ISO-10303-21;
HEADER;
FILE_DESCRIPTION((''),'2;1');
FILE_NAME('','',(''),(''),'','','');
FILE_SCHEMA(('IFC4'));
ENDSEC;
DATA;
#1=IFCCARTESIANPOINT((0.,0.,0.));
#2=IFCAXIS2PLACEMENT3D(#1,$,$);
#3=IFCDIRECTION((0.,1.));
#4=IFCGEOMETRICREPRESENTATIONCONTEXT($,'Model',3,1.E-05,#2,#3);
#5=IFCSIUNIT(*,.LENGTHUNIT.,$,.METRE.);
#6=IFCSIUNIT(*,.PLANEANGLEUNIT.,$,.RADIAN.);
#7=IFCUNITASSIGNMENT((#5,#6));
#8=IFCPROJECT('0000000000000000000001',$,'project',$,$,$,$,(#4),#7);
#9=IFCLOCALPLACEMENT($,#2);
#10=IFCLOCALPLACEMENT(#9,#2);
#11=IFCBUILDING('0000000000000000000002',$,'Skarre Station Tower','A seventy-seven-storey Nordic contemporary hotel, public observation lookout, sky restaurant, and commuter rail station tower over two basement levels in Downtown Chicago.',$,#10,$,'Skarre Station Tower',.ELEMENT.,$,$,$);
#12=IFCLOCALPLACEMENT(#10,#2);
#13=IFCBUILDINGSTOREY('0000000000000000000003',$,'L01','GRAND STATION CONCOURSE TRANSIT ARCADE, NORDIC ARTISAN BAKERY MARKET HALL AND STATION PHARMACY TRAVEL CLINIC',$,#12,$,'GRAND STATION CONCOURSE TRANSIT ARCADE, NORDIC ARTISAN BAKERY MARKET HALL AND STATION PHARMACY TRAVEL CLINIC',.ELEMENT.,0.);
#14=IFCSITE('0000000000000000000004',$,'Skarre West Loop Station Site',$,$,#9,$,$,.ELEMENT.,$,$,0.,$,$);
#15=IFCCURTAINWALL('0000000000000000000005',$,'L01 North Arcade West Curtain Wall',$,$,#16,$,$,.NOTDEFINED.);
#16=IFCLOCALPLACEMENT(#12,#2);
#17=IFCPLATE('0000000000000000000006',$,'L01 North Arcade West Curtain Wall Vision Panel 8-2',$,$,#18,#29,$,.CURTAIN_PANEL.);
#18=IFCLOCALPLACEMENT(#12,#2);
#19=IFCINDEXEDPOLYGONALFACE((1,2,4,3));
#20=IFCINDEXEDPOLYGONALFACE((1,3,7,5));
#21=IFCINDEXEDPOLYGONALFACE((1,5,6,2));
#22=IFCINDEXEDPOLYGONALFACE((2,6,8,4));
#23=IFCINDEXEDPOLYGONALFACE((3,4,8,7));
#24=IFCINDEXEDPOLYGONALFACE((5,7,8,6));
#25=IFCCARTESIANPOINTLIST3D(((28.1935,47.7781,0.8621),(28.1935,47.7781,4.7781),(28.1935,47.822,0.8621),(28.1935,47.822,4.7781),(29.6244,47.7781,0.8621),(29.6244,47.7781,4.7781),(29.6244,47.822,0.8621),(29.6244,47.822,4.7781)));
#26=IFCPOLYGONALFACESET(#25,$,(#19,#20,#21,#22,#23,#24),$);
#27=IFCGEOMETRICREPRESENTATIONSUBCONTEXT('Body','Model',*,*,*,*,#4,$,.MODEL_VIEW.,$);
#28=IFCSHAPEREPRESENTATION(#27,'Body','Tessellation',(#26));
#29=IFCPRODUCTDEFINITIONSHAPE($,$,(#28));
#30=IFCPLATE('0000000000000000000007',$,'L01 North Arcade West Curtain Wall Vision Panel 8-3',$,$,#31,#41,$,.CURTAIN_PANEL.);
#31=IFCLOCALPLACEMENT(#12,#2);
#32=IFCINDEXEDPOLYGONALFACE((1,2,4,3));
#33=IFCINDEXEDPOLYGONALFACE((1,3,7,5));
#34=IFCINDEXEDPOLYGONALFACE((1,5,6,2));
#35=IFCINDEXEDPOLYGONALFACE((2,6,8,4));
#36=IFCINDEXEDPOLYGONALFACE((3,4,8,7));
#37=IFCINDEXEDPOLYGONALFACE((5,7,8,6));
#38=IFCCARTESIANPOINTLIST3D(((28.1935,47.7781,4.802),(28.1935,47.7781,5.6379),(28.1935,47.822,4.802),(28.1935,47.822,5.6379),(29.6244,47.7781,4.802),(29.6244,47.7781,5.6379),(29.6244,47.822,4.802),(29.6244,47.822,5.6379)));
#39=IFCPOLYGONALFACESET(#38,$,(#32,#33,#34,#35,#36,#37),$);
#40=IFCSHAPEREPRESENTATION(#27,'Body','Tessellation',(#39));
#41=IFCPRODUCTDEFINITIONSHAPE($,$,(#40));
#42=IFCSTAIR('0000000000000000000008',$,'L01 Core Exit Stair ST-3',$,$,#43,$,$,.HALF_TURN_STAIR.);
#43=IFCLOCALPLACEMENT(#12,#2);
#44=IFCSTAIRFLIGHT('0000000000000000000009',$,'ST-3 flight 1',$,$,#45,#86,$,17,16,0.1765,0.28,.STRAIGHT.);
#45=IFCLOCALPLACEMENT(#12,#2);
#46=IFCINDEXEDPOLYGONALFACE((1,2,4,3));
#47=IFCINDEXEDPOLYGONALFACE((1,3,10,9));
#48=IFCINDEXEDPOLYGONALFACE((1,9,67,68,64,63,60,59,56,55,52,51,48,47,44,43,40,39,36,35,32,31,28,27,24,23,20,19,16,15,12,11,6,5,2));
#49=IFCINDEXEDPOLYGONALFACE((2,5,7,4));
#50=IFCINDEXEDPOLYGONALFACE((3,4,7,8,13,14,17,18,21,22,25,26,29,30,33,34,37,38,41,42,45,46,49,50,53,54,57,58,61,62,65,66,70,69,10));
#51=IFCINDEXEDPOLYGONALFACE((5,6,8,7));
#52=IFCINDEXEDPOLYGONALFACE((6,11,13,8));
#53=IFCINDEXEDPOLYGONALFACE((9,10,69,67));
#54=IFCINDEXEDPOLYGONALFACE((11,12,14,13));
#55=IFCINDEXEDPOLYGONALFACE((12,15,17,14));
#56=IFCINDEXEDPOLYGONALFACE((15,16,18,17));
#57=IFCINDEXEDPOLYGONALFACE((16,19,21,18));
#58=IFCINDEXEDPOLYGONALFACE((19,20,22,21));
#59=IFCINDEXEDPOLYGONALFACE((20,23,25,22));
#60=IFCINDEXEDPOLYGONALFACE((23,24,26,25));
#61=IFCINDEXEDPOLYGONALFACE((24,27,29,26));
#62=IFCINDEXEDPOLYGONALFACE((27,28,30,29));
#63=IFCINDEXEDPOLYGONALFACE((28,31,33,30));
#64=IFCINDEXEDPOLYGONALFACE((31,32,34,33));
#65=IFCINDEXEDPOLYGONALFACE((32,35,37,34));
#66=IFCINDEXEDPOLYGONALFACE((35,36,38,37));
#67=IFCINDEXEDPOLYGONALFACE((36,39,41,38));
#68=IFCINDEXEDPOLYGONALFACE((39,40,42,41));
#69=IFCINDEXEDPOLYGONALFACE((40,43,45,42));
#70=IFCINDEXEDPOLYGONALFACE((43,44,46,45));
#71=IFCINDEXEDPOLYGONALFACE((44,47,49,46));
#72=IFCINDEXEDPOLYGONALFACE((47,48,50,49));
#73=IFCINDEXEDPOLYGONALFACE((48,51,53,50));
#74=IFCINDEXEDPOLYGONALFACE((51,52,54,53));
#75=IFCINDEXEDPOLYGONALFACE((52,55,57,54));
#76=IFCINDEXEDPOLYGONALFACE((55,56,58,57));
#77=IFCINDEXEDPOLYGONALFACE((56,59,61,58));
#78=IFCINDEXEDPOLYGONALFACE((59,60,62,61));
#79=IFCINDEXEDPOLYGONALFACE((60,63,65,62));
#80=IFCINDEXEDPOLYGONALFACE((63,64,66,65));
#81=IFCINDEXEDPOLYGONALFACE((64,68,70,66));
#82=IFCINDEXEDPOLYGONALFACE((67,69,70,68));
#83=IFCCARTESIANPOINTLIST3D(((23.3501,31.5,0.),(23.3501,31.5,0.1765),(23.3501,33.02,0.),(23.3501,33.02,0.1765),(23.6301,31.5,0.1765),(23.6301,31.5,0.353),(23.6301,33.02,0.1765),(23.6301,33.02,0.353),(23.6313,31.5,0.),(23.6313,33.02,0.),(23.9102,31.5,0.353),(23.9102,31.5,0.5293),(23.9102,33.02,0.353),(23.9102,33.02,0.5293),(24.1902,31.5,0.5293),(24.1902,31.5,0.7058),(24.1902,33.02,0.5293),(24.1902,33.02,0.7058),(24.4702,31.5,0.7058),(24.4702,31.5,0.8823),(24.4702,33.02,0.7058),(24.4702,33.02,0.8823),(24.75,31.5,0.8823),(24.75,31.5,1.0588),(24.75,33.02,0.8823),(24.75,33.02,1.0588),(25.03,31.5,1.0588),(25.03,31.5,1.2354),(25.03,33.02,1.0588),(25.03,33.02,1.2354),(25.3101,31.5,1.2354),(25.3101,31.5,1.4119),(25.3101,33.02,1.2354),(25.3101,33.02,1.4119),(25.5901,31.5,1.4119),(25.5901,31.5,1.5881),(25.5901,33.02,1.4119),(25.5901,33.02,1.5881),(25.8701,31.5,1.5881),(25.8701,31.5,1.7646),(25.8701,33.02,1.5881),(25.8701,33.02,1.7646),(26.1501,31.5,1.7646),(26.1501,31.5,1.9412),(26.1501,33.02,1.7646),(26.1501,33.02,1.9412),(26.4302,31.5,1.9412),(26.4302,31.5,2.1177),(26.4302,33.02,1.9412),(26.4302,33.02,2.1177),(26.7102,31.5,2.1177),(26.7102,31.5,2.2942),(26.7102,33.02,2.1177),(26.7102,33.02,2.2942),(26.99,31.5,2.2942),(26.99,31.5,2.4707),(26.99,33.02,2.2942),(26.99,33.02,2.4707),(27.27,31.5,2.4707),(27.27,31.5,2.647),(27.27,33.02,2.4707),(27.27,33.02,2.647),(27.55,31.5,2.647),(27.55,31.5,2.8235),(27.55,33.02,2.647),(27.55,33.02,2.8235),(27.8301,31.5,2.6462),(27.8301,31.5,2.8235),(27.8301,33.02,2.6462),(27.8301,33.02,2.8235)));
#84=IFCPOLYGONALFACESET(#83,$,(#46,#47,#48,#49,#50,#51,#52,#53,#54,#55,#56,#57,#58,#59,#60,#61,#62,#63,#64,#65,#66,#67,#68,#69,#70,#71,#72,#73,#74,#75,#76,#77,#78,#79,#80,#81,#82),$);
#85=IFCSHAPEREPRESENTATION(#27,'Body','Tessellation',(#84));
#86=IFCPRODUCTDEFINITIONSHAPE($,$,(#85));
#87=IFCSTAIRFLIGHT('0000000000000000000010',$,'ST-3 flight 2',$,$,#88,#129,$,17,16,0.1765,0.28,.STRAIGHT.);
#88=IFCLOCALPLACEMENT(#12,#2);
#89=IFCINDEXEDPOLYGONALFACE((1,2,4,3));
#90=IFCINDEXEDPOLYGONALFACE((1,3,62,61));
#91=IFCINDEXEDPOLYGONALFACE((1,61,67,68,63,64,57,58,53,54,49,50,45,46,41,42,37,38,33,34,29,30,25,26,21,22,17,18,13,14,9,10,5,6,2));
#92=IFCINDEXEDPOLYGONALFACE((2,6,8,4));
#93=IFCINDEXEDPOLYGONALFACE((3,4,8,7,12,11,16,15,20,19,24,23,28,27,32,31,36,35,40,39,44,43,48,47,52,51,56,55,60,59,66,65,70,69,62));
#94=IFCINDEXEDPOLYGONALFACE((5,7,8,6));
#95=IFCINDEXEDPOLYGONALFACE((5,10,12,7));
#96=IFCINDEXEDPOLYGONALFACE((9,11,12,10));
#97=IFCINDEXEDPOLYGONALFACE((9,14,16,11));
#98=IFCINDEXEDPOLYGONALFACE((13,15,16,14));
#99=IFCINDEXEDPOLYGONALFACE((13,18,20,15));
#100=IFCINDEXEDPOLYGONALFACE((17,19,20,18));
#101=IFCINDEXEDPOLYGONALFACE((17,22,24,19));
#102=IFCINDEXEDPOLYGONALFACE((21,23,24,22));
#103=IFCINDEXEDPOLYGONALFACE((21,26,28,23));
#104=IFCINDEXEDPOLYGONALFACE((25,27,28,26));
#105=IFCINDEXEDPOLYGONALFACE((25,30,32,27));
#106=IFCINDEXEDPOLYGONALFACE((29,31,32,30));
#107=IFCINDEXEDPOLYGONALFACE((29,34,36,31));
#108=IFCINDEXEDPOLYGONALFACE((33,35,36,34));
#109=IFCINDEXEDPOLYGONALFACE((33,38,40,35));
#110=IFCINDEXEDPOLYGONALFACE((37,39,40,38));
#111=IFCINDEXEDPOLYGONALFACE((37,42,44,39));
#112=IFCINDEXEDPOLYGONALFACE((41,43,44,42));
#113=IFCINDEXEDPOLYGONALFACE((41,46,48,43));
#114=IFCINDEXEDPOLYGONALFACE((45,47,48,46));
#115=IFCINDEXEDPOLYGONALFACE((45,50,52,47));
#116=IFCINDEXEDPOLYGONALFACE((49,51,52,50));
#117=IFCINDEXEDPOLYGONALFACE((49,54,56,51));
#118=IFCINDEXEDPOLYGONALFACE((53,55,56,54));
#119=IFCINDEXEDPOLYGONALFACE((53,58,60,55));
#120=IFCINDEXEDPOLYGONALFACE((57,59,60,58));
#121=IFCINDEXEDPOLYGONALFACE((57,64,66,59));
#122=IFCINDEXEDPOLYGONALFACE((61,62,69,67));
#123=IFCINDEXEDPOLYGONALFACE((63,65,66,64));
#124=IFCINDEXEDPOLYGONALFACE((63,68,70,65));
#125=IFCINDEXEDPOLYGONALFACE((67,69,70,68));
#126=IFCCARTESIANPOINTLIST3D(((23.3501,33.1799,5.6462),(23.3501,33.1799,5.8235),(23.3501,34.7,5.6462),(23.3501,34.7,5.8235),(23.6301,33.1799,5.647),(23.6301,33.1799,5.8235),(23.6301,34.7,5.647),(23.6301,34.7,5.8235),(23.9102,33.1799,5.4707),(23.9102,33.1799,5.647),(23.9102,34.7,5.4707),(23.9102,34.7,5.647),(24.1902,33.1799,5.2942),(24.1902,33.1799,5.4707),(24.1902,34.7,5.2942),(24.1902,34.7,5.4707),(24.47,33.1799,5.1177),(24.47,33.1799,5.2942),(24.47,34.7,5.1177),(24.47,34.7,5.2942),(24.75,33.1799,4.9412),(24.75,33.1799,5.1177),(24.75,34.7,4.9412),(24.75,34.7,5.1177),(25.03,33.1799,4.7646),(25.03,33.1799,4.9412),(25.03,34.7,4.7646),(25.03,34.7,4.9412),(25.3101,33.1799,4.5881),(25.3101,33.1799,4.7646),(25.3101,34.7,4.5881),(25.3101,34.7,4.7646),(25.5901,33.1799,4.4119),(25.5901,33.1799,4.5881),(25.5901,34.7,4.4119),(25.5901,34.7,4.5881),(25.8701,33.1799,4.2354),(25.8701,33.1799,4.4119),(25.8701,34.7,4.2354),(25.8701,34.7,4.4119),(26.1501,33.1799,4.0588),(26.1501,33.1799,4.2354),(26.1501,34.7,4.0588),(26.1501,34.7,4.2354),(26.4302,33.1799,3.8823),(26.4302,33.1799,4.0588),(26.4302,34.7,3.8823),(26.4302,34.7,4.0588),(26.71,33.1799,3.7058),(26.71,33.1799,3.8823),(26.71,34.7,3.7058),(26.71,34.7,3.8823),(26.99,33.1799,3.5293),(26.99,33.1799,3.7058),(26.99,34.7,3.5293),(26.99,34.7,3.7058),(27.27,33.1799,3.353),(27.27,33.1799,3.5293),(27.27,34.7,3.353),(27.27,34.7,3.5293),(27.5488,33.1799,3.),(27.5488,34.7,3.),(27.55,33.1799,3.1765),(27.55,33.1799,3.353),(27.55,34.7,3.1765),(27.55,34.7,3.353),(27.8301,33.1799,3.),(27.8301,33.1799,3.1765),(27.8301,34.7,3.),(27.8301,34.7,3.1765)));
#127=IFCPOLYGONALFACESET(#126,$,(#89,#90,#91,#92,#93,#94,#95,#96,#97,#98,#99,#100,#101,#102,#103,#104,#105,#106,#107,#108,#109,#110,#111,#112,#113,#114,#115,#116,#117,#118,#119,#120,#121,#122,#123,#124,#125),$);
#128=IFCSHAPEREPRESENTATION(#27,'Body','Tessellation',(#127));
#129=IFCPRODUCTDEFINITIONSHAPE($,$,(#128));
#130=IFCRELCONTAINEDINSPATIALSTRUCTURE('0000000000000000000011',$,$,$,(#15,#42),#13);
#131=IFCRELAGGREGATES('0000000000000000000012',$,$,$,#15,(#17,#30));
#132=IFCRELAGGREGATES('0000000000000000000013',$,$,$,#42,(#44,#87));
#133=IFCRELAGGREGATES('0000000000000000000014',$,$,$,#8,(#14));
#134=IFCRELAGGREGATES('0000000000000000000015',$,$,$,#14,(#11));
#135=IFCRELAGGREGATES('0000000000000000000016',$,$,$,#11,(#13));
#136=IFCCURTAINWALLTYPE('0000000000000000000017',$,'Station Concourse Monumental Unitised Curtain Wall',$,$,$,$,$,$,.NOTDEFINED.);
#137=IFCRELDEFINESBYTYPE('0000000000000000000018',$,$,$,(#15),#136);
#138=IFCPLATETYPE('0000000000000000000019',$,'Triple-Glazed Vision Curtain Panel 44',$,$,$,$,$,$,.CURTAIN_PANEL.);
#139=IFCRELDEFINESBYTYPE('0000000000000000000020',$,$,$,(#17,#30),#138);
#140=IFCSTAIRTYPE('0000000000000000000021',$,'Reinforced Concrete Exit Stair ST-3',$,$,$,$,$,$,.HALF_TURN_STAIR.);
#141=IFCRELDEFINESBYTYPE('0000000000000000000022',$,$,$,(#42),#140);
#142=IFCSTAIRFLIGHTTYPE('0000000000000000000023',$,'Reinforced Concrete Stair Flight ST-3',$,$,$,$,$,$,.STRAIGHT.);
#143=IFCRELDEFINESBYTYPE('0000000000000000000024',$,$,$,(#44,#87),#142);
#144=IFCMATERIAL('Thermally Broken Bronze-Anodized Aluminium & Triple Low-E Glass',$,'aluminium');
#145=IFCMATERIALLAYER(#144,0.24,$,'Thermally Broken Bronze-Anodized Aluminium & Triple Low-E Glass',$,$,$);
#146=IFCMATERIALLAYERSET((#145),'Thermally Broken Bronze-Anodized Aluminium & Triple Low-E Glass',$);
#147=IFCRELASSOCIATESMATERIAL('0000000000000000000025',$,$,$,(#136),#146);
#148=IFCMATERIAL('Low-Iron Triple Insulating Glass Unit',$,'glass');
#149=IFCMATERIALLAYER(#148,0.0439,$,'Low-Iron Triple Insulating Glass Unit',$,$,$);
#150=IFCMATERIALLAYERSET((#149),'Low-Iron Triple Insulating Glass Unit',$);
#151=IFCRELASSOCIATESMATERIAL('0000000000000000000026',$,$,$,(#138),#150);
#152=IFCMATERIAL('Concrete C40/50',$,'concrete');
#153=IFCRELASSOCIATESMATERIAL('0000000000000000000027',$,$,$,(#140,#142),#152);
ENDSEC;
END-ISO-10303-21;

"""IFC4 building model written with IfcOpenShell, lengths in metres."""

from ifc_helpers import new_model, si_unit, direction, frame, origin, origin_2d, place, context, subcontext, project, spatial, polyline, rectangle, outline, extrude, material, layer, layer_set, type_object, element, aggregate, save


model = new_model("IFC4")

# Units and contexts
model_context = context("Model", 3, precision=1e-05, world=origin(), true_north=direction((0.0, 1.0)))
body_context = subcontext(model_context, "Body", "Model", "MODEL_VIEW")
ifc_project = project(units=[si_unit("LENGTHUNIT", "METRE"), si_unit("PLANEANGLEUNIT", "RADIAN")], contexts=[model_context])

# Site, building, storey
site_placement = place(None, origin())
site = spatial("IfcSite", under=ifc_project, at=site_placement, Name="Skarre West Loop Station Site", CompositionType="ELEMENT", RefElevation=0.0)
building_placement = place(site_placement, origin())
building = spatial("IfcBuilding", under=site, at=building_placement, Name="Skarre Station Tower", Description="A seventy-seven-storey Nordic contemporary hotel, public observation lookout, sky restaurant, and commuter rail station tower over two basement levels in Downtown Chicago.", LongName="Skarre Station Tower", CompositionType="ELEMENT")
storey_placement = place(building_placement, origin())
storey = spatial("IfcBuildingStorey", under=building, at=storey_placement, Name="L01", Description="GRAND STATION CONCOURSE TRANSIT ARCADE, NORDIC ARTISAN BAKERY MARKET HALL AND STATION PHARMACY TRAVEL CLINIC", LongName="GRAND STATION CONCOURSE TRANSIT ARCADE, NORDIC ARTISAN BAKERY MARKET HALL AND STATION PHARMACY TRAVEL CLINIC", CompositionType="ELEMENT", Elevation=0.0)

# Curtain wall
ifc_material_1 = material(Name="Thermally Broken Bronze-Anodized Aluminium & Triple Low-E Glass", Category="aluminium")
ifc_layer_1 = layer(ifc_material_1, 0.24, Name="Thermally Broken Bronze-Anodized Aluminium & Triple Low-E Glass")
ifc_layer_set_1 = layer_set([ifc_layer_1], Name="Thermally Broken Bronze-Anodized Aluminium & Triple Low-E Glass")
curtain_wall_type = type_object("IfcCurtainWallType", Name="Station Concourse Monumental Unitised Curtain Wall", PredefinedType="NOTDEFINED", material=ifc_layer_set_1)
curtain_wall_placement = place(storey_placement, origin())
curtain_wall = element("IfcCurtainWall", 1, at=curtain_wall_placement, inside=storey, type_object=curtain_wall_type, Name="L01 North Arcade West Curtain Wall", PredefinedType="NOTDEFINED")

# Plates
ifc_material_2 = material(Name="Low-Iron Triple Insulating Glass Unit", Category="glass")
ifc_layer_2 = layer(ifc_material_2, 0.0439, Name="Low-Iron Triple Insulating Glass Unit")
ifc_layer_set_2 = layer_set([ifc_layer_2], Name="Low-Iron Triple Insulating Glass Unit")
plate_type_1 = type_object("IfcPlateType", Name="Triple-Glazed Vision Curtain Panel 44", PredefinedType="CURTAIN_PANEL", material=ifc_layer_set_2)
plate_1_placement = place(storey_placement, frame((28.9089, 47.8, 0.8621), z_axis=(0.0, 0.0, 1.0), x_axis=(1.0, 0.0, 0.0)))
plate_1 = element("IfcPlate", 2, at=plate_1_placement, type_object=plate_type_1, Name="L01 North Arcade West Curtain Wall Vision Panel 8-2", PredefinedType="CURTAIN_PANEL", context=body_context, shape_type="SweptSolid", body=[
    extrude(rectangle(XDim=1.4309, YDim=0.0439, at=origin_2d()), origin(), (0.0, 0.0, 1.0), 3.916),
])
plate_2_placement = place(storey_placement, frame((28.9089, 47.8, 4.802), z_axis=(0.0, 0.0, 1.0), x_axis=(1.0, 0.0, 0.0)))
plate_2 = element("IfcPlate", 3, at=plate_2_placement, type_object=plate_type_1, Name="L01 North Arcade West Curtain Wall Vision Panel 8-3", PredefinedType="CURTAIN_PANEL", context=body_context, shape_type="SweptSolid", body=[
    extrude(rectangle(XDim=1.4309, YDim=0.0439, at=origin_2d()), origin(), (0.0, 0.0, 1.0), 0.8359),
])
aggregate(curtain_wall, [plate_1, plate_2])

# Stair, stair flights
ifc_material_3 = material(Name="Concrete C40/50", Category="concrete")
stair_type = type_object("IfcStairType", Name="Reinforced Concrete Exit Stair ST-3", PredefinedType="HALF_TURN_STAIR", material=ifc_material_3)
stair_placement = place(storey_placement, origin())
stair = element("IfcStair", 4, at=stair_placement, inside=storey, type_object=stair_type, Name="L01 Core Exit Stair ST-3", PredefinedType="HALF_TURN_STAIR")
stair_flight_type = type_object("IfcStairFlightType", Name="Reinforced Concrete Stair Flight ST-3", PredefinedType="STRAIGHT", material=ifc_material_3)
stair_flight_1_placement = place(storey_placement, frame((23.3501, 32.26, 0.0), z_axis=(0.0, 0.0, 1.0), x_axis=(1.0, 0.0, 0.0)))
stair_flight_1 = element("IfcStairFlight", 5, at=stair_flight_1_placement, type_object=stair_flight_type, Name="ST-3 flight 1", NumberOfRisers=17, NumberOfTreads=16, PredefinedType="STRAIGHT", RiserHeight=0.1765, TreadLength=0.28, context=body_context, shape_type="SweptSolid", body=[
    extrude(outline(polyline([(0.0, 0.0), (0.0, 0.1765), (0.28, 0.1765), (0.28, 0.353), (0.5601, 0.353), (0.5601, 0.5293), (0.8401, 0.5293), (0.8401, 0.7058), (1.1201, 0.7058), (1.1201, 0.8823), (1.3999, 0.8823), (1.3999, 1.0588), (1.6799, 1.0588), (1.6799, 1.2354), (1.96, 1.2354), (1.96, 1.4119), (2.24, 1.4119), (2.24, 1.5881), (2.52, 1.5881), (2.52, 1.7646), (2.8, 1.7646), (2.8, 1.9412), (3.0801, 1.9412), (3.0801, 2.1177), (3.3601, 2.1177), (3.3601, 2.2942), (3.6399, 2.2942), (3.6399, 2.4707), (3.9199, 2.4707), (3.9199, 2.647), (4.2, 2.647), (4.2, 2.8235), (4.48, 2.8235), (4.48, 3.0), (4.48, 2.6462), (0.2812, 0.0), (0.0, 0.0)])), frame((0.0, 0.76, 0.0), z_axis=(0.0, -1.0, 0.0), x_axis=(1.0, 0.0, 0.0)), (0.0, 0.0, 1.0), 1.52),
])
stair_flight_2_placement = place(storey_placement, frame((27.8301, 33.9399, 3.0), z_axis=(0.0, 0.0, 1.0), x_axis=(-1.0, 0.0, 0.0)))
stair_flight_2 = element("IfcStairFlight", 6, at=stair_flight_2_placement, type_object=stair_flight_type, Name="ST-3 flight 2", NumberOfRisers=17, NumberOfTreads=16, PredefinedType="STRAIGHT", RiserHeight=0.1765, TreadLength=0.28, context=body_context, shape_type="SweptSolid", body=[
    extrude(outline(polyline([(0.0, 0.0), (0.0, 0.1765), (0.28, 0.1765), (0.28, 0.353), (0.5601, 0.353), (0.5601, 0.5293), (0.8401, 0.5293), (0.8401, 0.7058), (1.1201, 0.7058), (1.1201, 0.8823), (1.3999, 0.8823), (1.3999, 1.0588), (1.6799, 1.0588), (1.6799, 1.2354), (1.96, 1.2354), (1.96, 1.4119), (2.24, 1.4119), (2.24, 1.5881), (2.52, 1.5881), (2.52, 1.7646), (2.8, 1.7646), (2.8, 1.9412), (3.0801, 1.9412), (3.0801, 2.1177), (3.3601, 2.1177), (3.3601, 2.2942), (3.6399, 2.2942), (3.6399, 2.4707), (3.9199, 2.4707), (3.9199, 2.647), (4.2, 2.647), (4.2, 2.8235), (4.48, 2.8235), (4.48, 3.0), (4.48, 2.6462), (0.2812, 0.0), (0.0, 0.0)])), frame((0.0, 0.76, 0.0), z_axis=(0.0, -1.0, 0.0), x_axis=(1.0, 0.0, 0.0)), (0.0, 0.0, 1.0), 1.52),
])
aggregate(stair, [stair_flight_1, stair_flight_2])

save(model, "model.ifc")
